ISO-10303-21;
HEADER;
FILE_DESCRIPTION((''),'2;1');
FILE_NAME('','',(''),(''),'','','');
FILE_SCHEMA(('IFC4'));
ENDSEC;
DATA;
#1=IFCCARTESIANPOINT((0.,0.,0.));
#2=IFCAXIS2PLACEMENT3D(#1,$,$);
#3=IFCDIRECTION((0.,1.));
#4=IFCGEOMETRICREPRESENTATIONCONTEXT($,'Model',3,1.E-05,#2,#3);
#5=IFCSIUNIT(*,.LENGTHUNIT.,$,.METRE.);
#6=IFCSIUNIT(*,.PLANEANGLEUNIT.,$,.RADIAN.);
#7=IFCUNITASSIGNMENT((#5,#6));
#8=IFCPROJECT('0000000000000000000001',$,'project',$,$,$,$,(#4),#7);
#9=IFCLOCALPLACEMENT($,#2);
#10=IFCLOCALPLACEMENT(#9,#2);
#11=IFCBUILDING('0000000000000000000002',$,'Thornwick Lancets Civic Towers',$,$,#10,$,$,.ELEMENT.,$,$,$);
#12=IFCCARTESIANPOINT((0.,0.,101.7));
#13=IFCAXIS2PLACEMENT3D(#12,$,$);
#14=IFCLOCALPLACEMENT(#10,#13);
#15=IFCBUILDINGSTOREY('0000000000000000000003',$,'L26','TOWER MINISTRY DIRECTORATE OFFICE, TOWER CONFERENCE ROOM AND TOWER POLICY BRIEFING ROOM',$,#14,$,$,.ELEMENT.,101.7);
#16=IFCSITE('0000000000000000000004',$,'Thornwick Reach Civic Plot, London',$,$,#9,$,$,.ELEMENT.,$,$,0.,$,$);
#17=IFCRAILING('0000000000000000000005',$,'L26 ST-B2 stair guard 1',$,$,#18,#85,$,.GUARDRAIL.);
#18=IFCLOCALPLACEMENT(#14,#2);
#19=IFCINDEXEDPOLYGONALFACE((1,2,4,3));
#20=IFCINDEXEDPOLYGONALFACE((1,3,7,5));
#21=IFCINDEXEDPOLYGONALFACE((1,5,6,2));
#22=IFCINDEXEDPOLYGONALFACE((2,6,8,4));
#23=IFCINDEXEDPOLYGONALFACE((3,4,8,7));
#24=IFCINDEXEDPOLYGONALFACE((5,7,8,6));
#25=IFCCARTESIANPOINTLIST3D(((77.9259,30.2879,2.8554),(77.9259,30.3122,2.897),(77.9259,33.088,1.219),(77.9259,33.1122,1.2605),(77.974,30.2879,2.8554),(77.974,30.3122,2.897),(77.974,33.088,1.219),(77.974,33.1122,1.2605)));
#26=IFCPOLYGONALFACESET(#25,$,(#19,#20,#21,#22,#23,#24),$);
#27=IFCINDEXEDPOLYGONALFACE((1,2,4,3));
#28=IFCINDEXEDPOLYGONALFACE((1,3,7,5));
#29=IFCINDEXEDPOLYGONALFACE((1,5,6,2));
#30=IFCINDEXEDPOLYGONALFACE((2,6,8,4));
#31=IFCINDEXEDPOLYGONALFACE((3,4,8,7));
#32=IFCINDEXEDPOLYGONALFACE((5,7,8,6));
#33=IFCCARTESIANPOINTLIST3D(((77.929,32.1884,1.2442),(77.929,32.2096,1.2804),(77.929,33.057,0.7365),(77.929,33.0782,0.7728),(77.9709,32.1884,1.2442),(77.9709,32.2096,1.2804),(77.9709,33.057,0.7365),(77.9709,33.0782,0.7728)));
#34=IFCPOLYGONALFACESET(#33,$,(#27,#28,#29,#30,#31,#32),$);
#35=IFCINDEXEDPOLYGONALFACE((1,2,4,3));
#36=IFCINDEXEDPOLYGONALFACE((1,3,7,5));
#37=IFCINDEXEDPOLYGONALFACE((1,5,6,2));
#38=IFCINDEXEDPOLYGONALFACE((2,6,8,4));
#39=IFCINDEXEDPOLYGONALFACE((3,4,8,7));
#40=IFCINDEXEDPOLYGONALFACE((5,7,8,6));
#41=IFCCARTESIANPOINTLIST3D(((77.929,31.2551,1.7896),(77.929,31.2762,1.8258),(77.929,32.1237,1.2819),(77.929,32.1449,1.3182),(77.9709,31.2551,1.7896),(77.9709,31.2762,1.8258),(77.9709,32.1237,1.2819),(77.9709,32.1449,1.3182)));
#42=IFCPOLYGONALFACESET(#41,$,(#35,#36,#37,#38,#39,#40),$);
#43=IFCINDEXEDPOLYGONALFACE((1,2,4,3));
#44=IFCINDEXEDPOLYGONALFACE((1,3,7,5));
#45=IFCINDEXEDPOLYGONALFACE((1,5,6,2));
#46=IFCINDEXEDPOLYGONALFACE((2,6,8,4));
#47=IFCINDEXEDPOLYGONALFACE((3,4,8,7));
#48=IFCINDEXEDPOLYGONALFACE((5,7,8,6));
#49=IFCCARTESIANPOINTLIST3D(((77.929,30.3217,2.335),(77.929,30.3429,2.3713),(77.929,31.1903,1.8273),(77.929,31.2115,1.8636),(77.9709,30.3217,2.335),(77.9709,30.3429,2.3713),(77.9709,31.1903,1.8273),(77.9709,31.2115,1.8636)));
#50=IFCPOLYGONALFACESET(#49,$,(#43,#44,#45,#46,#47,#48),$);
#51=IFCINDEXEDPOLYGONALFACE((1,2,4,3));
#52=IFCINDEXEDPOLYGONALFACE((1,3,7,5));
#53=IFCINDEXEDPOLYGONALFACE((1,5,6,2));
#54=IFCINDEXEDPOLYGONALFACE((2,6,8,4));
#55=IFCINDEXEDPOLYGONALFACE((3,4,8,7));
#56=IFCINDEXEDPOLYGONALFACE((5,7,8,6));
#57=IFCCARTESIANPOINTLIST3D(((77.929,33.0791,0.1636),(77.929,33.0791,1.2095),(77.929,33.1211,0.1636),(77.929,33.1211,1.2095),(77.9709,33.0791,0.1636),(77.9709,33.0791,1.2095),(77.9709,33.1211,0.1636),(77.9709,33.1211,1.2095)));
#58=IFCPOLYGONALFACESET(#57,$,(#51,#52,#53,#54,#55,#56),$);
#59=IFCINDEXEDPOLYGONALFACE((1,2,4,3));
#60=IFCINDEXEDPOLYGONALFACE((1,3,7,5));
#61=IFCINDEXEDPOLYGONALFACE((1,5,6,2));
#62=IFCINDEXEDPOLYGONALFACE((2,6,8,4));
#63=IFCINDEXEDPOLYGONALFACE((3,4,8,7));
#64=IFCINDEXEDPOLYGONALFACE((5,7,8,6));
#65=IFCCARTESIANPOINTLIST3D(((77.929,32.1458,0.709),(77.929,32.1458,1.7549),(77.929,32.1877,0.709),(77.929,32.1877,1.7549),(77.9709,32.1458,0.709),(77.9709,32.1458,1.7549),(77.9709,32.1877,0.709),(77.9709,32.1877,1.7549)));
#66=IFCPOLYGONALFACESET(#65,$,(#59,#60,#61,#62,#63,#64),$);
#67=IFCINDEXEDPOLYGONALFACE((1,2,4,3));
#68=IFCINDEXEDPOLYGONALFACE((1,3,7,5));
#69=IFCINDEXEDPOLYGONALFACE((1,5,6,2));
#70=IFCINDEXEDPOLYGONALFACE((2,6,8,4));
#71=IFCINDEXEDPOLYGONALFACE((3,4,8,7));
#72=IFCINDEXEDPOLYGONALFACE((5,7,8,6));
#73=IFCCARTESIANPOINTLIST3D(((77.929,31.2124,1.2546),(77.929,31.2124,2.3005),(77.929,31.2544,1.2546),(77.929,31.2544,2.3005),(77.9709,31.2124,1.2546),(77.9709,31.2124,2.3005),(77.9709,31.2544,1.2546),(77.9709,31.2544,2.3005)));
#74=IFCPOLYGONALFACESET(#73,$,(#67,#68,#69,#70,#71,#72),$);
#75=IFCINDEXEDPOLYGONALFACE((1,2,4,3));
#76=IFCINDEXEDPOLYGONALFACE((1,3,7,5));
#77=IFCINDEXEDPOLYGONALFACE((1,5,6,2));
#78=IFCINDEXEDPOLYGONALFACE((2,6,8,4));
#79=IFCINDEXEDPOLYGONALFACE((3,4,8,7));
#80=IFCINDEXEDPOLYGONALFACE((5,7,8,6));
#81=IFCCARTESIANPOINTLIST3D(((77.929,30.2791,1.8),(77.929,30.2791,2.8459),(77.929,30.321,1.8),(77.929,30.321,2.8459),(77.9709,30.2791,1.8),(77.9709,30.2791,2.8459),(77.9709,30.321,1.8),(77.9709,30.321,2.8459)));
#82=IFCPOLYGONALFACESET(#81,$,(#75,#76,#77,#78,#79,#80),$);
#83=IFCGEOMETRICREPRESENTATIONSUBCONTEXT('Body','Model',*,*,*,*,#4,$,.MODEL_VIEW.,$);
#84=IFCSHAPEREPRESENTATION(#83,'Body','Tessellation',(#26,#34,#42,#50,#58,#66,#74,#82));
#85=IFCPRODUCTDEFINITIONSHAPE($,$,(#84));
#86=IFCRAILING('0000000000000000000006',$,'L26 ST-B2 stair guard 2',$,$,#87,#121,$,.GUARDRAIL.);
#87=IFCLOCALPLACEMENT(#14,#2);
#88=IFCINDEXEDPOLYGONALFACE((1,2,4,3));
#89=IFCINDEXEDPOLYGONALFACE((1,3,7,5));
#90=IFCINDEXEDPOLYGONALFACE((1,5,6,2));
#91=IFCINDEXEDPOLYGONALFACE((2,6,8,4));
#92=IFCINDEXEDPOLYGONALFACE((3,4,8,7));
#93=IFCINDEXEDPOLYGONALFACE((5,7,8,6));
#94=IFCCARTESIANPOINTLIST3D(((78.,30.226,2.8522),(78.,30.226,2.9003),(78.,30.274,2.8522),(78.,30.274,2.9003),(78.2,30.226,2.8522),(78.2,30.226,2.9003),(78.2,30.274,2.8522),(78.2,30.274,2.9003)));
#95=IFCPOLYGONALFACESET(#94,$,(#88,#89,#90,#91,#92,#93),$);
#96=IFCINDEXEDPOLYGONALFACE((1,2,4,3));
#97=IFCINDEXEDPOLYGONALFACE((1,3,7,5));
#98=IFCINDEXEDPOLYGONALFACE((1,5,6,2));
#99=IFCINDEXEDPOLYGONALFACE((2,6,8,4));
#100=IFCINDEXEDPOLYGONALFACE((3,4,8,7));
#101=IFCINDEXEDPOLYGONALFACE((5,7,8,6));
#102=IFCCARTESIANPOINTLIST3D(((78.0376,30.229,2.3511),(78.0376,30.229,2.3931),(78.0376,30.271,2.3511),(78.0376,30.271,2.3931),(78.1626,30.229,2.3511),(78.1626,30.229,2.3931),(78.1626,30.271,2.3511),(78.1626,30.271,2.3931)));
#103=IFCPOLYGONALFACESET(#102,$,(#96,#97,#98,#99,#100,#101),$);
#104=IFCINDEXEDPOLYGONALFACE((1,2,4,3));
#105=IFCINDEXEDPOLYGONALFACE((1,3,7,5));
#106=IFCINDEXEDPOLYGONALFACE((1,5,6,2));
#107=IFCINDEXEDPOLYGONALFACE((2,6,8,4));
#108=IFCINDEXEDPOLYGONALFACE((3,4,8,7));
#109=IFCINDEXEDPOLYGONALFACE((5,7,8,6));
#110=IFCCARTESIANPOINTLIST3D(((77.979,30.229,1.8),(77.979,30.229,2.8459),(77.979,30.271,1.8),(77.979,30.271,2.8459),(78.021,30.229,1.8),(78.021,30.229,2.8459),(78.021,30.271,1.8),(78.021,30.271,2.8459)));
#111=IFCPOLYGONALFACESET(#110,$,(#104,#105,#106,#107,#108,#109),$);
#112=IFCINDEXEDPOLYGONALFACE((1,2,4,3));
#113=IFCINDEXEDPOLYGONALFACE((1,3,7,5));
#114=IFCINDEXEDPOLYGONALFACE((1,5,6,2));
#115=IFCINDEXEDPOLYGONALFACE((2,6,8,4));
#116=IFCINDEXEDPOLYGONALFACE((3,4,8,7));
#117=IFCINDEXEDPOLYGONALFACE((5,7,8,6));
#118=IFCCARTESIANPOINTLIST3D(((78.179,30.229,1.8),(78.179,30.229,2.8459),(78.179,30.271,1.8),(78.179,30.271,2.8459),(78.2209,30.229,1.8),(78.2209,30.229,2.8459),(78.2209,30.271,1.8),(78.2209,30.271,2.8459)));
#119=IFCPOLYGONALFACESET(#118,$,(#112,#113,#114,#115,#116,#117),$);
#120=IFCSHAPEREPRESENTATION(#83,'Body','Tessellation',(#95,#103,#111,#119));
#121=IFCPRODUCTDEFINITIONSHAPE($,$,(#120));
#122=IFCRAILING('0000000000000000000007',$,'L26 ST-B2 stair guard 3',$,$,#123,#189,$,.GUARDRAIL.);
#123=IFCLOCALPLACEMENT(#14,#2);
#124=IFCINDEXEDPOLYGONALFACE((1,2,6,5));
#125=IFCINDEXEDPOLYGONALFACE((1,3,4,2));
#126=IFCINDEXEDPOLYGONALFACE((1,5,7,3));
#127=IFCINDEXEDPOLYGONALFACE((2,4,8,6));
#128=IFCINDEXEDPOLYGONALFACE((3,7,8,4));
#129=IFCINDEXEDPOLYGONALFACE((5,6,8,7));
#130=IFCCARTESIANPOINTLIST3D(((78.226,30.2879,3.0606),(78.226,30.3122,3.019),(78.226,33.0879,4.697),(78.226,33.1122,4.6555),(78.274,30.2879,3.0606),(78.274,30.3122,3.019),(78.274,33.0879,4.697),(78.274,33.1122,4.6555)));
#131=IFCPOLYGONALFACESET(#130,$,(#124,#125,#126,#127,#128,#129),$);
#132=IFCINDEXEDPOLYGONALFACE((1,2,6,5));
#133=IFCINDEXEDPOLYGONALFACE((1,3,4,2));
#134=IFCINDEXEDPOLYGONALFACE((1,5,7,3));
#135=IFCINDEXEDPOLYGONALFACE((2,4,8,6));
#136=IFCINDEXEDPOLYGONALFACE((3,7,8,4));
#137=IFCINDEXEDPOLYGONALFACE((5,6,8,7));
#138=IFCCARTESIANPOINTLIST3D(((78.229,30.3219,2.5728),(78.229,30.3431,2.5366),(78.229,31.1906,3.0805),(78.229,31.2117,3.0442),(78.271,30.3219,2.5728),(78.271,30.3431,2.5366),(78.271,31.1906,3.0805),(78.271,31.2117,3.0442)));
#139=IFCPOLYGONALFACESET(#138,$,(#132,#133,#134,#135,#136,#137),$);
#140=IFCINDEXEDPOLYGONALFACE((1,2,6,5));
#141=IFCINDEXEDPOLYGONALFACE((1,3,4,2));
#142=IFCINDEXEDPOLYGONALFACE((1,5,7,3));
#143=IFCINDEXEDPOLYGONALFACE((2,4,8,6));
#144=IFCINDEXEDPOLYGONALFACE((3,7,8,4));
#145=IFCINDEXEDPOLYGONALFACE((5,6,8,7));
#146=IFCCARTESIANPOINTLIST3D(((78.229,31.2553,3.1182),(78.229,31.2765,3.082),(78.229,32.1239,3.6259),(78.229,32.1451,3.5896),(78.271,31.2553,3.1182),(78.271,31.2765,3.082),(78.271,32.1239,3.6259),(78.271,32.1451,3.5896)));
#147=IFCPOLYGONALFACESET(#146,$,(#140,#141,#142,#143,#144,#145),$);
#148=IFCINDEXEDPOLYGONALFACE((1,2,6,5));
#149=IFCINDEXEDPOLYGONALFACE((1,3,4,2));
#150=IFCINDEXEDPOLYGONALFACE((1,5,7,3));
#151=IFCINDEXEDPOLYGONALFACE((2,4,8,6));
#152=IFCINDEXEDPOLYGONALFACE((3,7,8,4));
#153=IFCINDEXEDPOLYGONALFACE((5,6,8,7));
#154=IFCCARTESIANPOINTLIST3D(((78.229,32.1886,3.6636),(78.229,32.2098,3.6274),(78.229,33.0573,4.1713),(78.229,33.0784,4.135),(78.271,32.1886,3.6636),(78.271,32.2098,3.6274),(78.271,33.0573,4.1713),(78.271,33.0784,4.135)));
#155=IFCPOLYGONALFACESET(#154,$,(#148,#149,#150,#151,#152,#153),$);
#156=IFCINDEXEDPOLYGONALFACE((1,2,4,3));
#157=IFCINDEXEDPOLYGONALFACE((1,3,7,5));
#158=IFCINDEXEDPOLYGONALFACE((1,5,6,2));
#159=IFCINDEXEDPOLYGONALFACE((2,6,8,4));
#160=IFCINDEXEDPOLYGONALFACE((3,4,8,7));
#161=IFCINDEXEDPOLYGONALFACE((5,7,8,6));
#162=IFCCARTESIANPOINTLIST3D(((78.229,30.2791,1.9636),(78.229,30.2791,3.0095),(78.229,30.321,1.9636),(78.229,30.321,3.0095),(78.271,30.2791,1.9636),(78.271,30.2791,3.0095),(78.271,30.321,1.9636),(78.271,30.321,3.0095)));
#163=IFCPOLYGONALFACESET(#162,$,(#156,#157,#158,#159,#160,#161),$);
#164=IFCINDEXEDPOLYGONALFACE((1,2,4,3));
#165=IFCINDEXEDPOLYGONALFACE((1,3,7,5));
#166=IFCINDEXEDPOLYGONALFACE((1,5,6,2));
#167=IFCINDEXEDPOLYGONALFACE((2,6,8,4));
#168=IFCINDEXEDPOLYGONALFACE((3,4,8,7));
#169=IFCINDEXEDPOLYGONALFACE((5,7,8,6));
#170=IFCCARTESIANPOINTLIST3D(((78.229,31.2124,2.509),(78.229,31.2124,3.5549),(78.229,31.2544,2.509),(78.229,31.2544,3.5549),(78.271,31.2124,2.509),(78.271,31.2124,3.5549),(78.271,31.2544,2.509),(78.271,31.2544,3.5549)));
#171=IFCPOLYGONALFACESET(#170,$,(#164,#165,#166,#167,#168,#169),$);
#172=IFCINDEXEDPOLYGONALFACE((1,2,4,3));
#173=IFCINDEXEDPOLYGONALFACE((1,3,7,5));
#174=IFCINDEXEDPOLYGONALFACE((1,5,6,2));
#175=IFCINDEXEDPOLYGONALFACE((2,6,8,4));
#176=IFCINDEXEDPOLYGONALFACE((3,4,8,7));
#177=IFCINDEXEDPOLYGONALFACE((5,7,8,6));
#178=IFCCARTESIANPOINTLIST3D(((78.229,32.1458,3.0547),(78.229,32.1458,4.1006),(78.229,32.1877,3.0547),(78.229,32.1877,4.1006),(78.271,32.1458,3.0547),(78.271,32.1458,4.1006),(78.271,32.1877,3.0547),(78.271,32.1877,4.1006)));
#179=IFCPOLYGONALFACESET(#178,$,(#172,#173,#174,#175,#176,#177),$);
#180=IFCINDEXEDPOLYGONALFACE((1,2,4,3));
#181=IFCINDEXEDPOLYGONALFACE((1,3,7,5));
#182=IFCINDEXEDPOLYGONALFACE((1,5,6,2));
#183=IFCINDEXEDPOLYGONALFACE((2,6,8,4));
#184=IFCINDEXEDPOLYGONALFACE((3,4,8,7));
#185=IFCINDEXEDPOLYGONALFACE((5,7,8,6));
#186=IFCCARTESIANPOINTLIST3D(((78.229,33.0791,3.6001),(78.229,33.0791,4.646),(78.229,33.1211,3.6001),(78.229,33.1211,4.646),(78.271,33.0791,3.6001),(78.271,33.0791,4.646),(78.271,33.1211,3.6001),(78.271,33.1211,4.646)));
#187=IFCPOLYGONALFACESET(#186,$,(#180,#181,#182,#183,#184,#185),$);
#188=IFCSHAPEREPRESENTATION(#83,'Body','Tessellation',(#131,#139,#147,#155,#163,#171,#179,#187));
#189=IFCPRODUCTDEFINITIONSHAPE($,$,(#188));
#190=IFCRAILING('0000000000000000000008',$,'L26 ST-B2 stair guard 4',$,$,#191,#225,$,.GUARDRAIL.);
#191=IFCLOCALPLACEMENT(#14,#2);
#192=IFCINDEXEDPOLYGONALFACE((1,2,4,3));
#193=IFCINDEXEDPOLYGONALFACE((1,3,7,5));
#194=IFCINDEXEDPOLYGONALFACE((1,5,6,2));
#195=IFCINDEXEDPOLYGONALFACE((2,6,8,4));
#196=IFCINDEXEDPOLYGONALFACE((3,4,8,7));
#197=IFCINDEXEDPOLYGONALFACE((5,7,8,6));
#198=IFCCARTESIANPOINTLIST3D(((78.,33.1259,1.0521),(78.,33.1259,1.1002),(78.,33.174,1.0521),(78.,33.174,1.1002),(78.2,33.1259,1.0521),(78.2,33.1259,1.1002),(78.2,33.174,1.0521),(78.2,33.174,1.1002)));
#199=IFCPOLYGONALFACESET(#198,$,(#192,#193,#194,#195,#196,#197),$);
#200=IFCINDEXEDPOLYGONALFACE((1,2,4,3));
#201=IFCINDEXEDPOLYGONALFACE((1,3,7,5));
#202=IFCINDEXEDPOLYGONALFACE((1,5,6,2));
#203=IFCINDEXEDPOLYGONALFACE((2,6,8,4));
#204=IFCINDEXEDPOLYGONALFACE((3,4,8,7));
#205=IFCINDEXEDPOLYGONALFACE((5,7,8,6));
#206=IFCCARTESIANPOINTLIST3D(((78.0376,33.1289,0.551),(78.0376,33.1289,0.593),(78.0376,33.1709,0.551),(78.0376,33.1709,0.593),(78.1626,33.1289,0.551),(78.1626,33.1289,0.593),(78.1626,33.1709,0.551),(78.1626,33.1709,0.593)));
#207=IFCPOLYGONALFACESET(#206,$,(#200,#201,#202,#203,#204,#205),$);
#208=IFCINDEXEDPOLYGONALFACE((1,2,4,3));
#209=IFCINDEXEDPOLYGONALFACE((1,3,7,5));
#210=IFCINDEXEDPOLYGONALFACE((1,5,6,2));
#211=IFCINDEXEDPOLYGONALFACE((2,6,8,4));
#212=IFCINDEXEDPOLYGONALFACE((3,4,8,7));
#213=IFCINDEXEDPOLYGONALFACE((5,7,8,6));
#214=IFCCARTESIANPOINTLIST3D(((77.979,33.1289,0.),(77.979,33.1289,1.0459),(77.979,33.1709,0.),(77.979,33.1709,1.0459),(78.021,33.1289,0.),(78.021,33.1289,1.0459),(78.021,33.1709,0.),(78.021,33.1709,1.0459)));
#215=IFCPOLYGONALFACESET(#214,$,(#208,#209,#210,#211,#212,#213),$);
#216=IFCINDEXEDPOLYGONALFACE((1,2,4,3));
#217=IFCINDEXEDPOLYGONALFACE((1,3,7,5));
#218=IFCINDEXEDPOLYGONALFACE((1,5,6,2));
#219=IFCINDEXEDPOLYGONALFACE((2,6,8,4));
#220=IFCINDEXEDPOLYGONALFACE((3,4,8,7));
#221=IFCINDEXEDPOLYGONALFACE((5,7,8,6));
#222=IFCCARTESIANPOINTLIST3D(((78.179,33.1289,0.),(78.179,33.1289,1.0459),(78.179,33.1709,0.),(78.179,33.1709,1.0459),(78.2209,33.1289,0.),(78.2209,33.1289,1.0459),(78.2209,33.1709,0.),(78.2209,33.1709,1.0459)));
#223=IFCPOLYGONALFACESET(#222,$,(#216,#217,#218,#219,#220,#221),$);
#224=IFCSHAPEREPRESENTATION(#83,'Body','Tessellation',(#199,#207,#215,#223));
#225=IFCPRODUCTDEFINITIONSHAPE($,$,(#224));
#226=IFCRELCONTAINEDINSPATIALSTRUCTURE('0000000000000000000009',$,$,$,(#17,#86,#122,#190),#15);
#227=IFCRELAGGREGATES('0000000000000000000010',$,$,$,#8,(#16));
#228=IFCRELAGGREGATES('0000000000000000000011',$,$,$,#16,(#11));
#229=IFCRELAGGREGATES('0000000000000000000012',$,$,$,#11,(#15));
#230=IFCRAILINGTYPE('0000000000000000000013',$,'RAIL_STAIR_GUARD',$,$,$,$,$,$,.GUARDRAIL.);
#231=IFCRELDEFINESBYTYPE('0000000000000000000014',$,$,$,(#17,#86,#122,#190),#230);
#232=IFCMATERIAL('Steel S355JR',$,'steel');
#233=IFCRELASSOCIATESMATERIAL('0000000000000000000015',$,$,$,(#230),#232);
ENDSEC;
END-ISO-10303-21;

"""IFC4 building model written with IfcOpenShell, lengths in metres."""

from ifc_helpers import new_model, si_unit, direction, frame, origin, origin_2d, place, context, subcontext, project, spatial, rectangle, extrude, material, type_object, element, save


model = new_model("IFC4")

# Units and contexts
model_context = context("Model", 3, precision=1e-05, world=origin(), true_north=direction((0.0, 1.0)))
body_context = subcontext(model_context, "Body", "Model", "MODEL_VIEW")
ifc_project = project(units=[si_unit("LENGTHUNIT", "METRE"), si_unit("PLANEANGLEUNIT", "RADIAN")], contexts=[model_context])

# Site, building, storey
site_placement = place(None, origin())
site = spatial("IfcSite", under=ifc_project, at=site_placement, Name="Thornwick Reach Civic Plot, London", CompositionType="ELEMENT", RefElevation=0.0)
building_placement = place(site_placement, origin())
building = spatial("IfcBuilding", under=site, at=building_placement, Name="Thornwick Lancets Civic Towers", CompositionType="ELEMENT")
storey_placement = place(building_placement, frame((0.0, 0.0, 101.7)))
storey = spatial("IfcBuildingStorey", under=building, at=storey_placement, Name="L26", Description="TOWER MINISTRY DIRECTORATE OFFICE, TOWER CONFERENCE ROOM AND TOWER POLICY BRIEFING ROOM", CompositionType="ELEMENT", Elevation=101.7)

# Railings
ifc_material_1 = material(Name="Steel S355JR", Category="steel")
railing_type_1 = type_object("IfcRailingType", Name="RAIL_STAIR_GUARD", PredefinedType="GUARDRAIL", material=ifc_material_1)
railing_1_placement = place(storey_placement, frame((77.95, 33.1001, 0.1636)))
element("IfcRailing", 1, at=railing_1_placement, inside=storey, type_object=railing_type_1, Name="L26 ST-B2 stair guard 1", PredefinedType="GUARDRAIL", context=body_context, shape_type="SweptSolid", body=[
    extrude(rectangle(XDim=0.0481, YDim=0.0481, at=origin_2d()), frame((0.0, 0.0, 1.0762), z_axis=(0.0, -0.863361, 0.504587), x_axis=(1.0, 0.0, 0.0)), (0.0, 0.0, 1.0), 3.2432),
    extrude(rectangle(XDim=0.042, YDim=0.042, at=origin_2d()), frame((0.0, -0.0325, 0.5911), z_axis=(0.0, -0.863361, 0.504587), x_axis=(1.0, 0.0, 0.0)), (0.0, 0.0, 1.0), 1.0061),
    extrude(rectangle(XDim=0.042, YDim=0.042, at=origin_2d()), frame((0.0, -0.9658, 1.1365), z_axis=(0.0, -0.863361, 0.504587), x_axis=(1.0, 0.0, 0.0)), (0.0, 0.0, 1.0), 1.0061),
    extrude(rectangle(XDim=0.042, YDim=0.042, at=origin_2d()), frame((0.0, -1.8992, 1.6819), z_axis=(0.0, -0.863361, 0.504587), x_axis=(1.0, 0.0, 0.0)), (0.0, 0.0, 1.0), 1.0061),
    extrude(rectangle(XDim=0.042, YDim=0.042, at=origin_2d()), origin(), (0.0, 0.0, 1.0), 1.0459),
    extrude(rectangle(XDim=0.042, YDim=0.042, at=origin_2d()), frame((0.0, -0.9333, 0.5454)), (0.0, 0.0, 1.0), 1.0459),
    extrude(rectangle(XDim=0.042, YDim=0.042, at=origin_2d()), frame((0.0, -1.8667, 1.0911)), (0.0, 0.0, 1.0), 1.0459),
    extrude(rectangle(XDim=0.042, YDim=0.042, at=origin_2d()), frame((0.0, -2.8, 1.6365)), (0.0, 0.0, 1.0), 1.0459),
])
railing_2_placement = place(storey_placement, frame((78.0, 30.25, 1.8)))
element("IfcRailing", 2, at=railing_2_placement, inside=storey, type_object=railing_type_1, Name="L26 ST-B2 stair guard 2", PredefinedType="GUARDRAIL", context=body_context, shape_type="SweptSolid", body=[
    extrude(rectangle(XDim=0.0481, YDim=0.0481, at=origin_2d()), frame((0.0, 0.0, 1.0762), z_axis=(1.0, 0.0, 0.0), x_axis=(0.0, 1.0, 0.0)), (0.0, 0.0, 1.0), 0.2),
    extrude(rectangle(XDim=0.042, YDim=0.042, at=origin_2d()), frame((0.0376, 0.0, 0.572), z_axis=(1.0, 0.0, 0.0), x_axis=(0.0, 1.0, 0.0)), (0.0, 0.0, 1.0), 0.125),
    extrude(rectangle(XDim=0.042, YDim=0.042, at=origin_2d()), origin(), (0.0, 0.0, 1.0), 1.0459),
    extrude(rectangle(XDim=0.042, YDim=0.042, at=origin_2d()), frame((0.2, 0.0, 0.0)), (0.0, 0.0, 1.0), 1.0459),
])
railing_3_placement = place(storey_placement, frame((78.25, 30.3, 1.9636)))
element("IfcRailing", 3, at=railing_3_placement, inside=storey, type_object=railing_type_1, Name="L26 ST-B2 stair guard 3", PredefinedType="GUARDRAIL", context=body_context, shape_type="SweptSolid", body=[
    extrude(rectangle(XDim=0.0481, YDim=0.0481, at=origin_2d()), frame((0.0, 0.0, 1.0762), z_axis=(0.0, 0.863361, 0.504587), x_axis=(-1.0, 0.0, 0.0)), (0.0, 0.0, 1.0), 3.2432),
    extrude(rectangle(XDim=0.042, YDim=0.042, at=origin_2d()), frame((0.0, 0.0325, 0.5911), z_axis=(0.0, 0.863361, 0.504587), x_axis=(-1.0, 0.0, 0.0)), (0.0, 0.0, 1.0), 1.0061),
    extrude(rectangle(XDim=0.042, YDim=0.042, at=origin_2d()), frame((0.0, 0.9658, 1.1365), z_axis=(0.0, 0.863361, 0.504587), x_axis=(-1.0, 0.0, 0.0)), (0.0, 0.0, 1.0), 1.0061),
    extrude(rectangle(XDim=0.042, YDim=0.042, at=origin_2d()), frame((0.0, 1.8992, 1.6819), z_axis=(0.0, 0.863361, 0.504587), x_axis=(-1.0, 0.0, 0.0)), (0.0, 0.0, 1.0), 1.0061),
    extrude(rectangle(XDim=0.042, YDim=0.042, at=origin_2d()), origin(), (0.0, 0.0, 1.0), 1.0459),
    extrude(rectangle(XDim=0.042, YDim=0.042, at=origin_2d()), frame((0.0, 0.9333, 0.5454)), (0.0, 0.0, 1.0), 1.0459),
    extrude(rectangle(XDim=0.042, YDim=0.042, at=origin_2d()), frame((0.0, 1.8667, 1.0911)), (0.0, 0.0, 1.0), 1.0459),
    extrude(rectangle(XDim=0.042, YDim=0.042, at=origin_2d()), frame((0.0, 2.8, 1.6365)), (0.0, 0.0, 1.0), 1.0459),
])
railing_4_placement = place(storey_placement, frame((78.0, 33.1499, 0.0)))
element("IfcRailing", 4, at=railing_4_placement, inside=storey, type_object=railing_type_1, Name="L26 ST-B2 stair guard 4", PredefinedType="GUARDRAIL", context=body_context, shape_type="SweptSolid", body=[
    extrude(rectangle(XDim=0.0481, YDim=0.0481, at=origin_2d()), frame((0.0, 0.0, 1.0762), z_axis=(1.0, 0.0, 0.0), x_axis=(0.0, 1.0, 0.0)), (0.0, 0.0, 1.0), 0.2),
    extrude(rectangle(XDim=0.042, YDim=0.042, at=origin_2d()), frame((0.0376, 0.0, 0.572), z_axis=(1.0, 0.0, 0.0), x_axis=(0.0, 1.0, 0.0)), (0.0, 0.0, 1.0), 0.125),
    extrude(rectangle(XDim=0.042, YDim=0.042, at=origin_2d()), origin(), (0.0, 0.0, 1.0), 1.0459),
    extrude(rectangle(XDim=0.042, YDim=0.042, at=origin_2d()), frame((0.2, 0.0, 0.0)), (0.0, 0.0, 1.0), 1.0459),
])

save(model, "model.ifc")
